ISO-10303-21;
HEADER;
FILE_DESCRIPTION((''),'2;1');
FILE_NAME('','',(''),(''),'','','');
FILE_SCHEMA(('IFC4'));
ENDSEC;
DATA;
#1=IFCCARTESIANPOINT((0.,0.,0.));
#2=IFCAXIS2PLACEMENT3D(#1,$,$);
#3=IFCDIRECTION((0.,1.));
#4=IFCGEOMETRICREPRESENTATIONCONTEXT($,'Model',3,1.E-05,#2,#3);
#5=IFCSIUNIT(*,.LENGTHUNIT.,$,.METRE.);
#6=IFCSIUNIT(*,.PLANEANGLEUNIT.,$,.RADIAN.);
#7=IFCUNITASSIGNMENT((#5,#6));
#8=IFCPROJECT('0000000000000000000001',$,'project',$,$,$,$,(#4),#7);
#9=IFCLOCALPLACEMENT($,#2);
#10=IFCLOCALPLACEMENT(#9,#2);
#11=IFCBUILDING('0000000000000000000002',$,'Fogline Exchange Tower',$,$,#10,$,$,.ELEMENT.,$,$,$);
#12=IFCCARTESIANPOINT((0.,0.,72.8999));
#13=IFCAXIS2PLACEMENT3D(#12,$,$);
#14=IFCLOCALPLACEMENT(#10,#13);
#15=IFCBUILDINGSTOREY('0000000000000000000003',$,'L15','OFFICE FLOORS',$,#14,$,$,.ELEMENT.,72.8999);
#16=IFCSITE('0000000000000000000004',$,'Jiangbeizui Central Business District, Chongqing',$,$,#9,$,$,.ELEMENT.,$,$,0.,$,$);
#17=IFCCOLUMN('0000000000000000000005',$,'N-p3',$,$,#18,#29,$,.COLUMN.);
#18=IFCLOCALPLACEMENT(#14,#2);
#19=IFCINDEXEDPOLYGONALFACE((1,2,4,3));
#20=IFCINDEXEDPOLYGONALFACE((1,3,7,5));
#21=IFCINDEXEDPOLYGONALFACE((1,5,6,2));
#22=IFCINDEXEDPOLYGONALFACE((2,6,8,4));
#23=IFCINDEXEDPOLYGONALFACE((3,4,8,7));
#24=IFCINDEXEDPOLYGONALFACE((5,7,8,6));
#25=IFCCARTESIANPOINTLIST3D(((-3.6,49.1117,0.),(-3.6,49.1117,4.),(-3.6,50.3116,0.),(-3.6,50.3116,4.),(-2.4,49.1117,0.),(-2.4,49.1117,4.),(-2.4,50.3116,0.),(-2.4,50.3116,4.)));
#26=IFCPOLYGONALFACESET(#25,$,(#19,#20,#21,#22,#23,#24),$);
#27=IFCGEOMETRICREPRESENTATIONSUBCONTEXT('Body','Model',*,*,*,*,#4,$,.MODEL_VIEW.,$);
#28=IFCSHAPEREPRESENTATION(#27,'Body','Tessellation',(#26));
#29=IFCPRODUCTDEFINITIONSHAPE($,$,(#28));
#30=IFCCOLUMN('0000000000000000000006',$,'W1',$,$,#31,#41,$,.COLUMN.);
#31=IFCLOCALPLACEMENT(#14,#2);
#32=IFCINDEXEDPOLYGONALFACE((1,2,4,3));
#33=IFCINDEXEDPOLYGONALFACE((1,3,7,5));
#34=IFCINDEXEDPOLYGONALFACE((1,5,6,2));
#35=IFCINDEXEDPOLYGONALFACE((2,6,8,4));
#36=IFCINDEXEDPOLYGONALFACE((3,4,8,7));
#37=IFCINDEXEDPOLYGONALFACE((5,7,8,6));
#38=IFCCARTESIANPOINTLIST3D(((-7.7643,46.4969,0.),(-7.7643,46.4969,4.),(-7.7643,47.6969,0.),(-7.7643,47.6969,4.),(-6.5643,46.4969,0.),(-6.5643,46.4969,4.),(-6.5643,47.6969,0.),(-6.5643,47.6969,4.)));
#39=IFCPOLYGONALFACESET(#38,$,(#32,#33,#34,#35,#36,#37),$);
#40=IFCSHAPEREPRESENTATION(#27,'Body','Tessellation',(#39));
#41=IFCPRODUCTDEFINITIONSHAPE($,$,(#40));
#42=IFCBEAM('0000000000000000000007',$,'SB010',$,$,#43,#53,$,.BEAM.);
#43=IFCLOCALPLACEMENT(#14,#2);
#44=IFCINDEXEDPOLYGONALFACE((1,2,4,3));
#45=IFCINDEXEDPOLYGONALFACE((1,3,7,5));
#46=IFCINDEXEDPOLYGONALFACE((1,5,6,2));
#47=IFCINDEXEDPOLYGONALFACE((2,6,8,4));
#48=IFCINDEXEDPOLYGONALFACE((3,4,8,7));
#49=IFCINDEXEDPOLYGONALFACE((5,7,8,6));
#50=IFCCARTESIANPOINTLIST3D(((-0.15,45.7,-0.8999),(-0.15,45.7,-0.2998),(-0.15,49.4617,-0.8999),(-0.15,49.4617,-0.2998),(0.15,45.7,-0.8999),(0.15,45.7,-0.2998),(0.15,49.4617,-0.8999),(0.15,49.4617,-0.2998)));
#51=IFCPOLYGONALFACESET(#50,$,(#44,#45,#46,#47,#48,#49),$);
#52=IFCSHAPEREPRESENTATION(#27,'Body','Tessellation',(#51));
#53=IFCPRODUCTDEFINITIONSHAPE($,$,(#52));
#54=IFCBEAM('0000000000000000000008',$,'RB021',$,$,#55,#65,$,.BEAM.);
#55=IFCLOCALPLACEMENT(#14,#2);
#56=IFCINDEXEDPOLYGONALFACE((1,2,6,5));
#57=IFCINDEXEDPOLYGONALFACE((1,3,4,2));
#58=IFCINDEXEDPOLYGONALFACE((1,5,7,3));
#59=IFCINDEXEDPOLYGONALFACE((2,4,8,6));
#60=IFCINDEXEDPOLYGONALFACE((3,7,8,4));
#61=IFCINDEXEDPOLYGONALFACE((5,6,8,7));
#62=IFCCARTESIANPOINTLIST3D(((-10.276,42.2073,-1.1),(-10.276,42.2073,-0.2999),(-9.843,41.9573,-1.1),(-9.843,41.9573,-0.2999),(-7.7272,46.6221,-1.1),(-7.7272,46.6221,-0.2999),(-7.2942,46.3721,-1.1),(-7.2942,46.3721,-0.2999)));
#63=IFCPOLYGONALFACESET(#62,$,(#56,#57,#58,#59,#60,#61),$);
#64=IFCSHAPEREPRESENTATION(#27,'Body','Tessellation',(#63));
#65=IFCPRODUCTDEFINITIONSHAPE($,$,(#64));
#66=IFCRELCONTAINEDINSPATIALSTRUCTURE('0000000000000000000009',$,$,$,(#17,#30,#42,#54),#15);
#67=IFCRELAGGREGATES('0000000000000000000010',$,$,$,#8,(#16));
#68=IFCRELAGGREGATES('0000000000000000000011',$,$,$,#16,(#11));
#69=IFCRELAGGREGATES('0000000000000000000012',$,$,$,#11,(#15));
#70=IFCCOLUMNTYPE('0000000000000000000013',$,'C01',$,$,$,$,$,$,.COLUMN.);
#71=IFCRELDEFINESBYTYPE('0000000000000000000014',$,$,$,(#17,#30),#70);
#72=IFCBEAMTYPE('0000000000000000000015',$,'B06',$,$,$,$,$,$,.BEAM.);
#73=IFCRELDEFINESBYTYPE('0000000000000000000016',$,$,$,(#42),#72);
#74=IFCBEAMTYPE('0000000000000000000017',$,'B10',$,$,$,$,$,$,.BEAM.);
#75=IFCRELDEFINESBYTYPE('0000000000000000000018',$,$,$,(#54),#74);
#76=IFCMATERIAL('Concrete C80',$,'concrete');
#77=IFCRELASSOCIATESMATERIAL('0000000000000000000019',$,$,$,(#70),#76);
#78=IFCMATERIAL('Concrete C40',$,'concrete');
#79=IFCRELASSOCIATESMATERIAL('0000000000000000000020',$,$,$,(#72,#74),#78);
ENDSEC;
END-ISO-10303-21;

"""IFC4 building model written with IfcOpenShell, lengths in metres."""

from ifc_helpers import new_model, si_unit, direction, frame, origin, origin_2d, place, context, subcontext, project, spatial, rectangle, extrude, material, material_profile, profile_set, type_object, element, save


model = new_model("IFC4")

# Units and contexts
model_context = context("Model", 3, precision=1e-05, world=origin(), true_north=direction((0.0, 1.0)))
body_context = subcontext(model_context, "Body", "Model", "MODEL_VIEW")
ifc_project = project(units=[si_unit("LENGTHUNIT", "METRE"), si_unit("PLANEANGLEUNIT", "RADIAN")], contexts=[model_context])

# Site, building, storey
site_placement = place(None, origin())
site = spatial("IfcSite", under=ifc_project, at=site_placement, Name="Jiangbeizui Central Business District, Chongqing", CompositionType="ELEMENT", RefElevation=0.0)
building_placement = place(site_placement, origin())
building = spatial("IfcBuilding", under=site, at=building_placement, Name="Fogline Exchange Tower", CompositionType="ELEMENT")
storey_placement = place(building_placement, frame((0.0, 0.0, 72.8999)))
storey = spatial("IfcBuildingStorey", under=building, at=storey_placement, Name="L15", Description="OFFICE FLOORS", CompositionType="ELEMENT", Elevation=72.8999)

# Columns
ifc_material_1 = material(Name="Concrete C80", Category="concrete")
ifc_material_profile_1 = material_profile(ifc_material_1, rectangle(XDim=1.2, YDim=1.2, at=origin_2d()), Name="RC 1200x1200")
ifc_profile_set_1 = profile_set([ifc_material_profile_1], Name="Concrete C80")
column_type = type_object("IfcColumnType", Name="C01", PredefinedType="COLUMN", material=ifc_profile_set_1)
for number, where, z_axis, x_axis, name in (
    (1, (-3.0, 49.7117, 0.0), (0.0, 0.0, 1.0), (1.0, 0.0, 0.0), "N-p3"),
    (2, (-7.1643, 47.0969, 0.0), (0.0, 0.0, 1.0), (1.0, 0.0, 0.0), "W1"),
):
    element("IfcColumn", number, at=place(storey_placement, frame(where, z_axis=z_axis, x_axis=x_axis)), inside=storey, type_object=column_type, Name=name, PredefinedType="COLUMN", context=body_context, shape_type="SweptSolid", body=[
        extrude(rectangle(XDim=1.2, YDim=1.2, at=origin_2d()), origin(), (0.0, 0.0, 1.0), 4.0),
    ])

# Beams
ifc_material_2 = material(Name="Concrete C40", Category="concrete")
ifc_material_profile_2 = material_profile(ifc_material_2, rectangle(XDim=0.3, YDim=0.6001, at=origin_2d()), Name="RC 300x600")
ifc_profile_set_2 = profile_set([ifc_material_profile_2], Name="Concrete C40")
beam_type_1 = type_object("IfcBeamType", Name="B06", PredefinedType="BEAM", material=ifc_profile_set_2)
beam_1_placement = place(storey_placement, frame((0.0, 45.7, -0.5999), z_axis=(0.0, 1.0, 0.0), x_axis=(-1.0, 0.0, 0.0)))
element("IfcBeam", 3, at=beam_1_placement, inside=storey, type_object=beam_type_1, Name="SB010", PredefinedType="BEAM", context=body_context, shape_type="SweptSolid", body=[
    extrude(rectangle(XDim=0.3, YDim=0.6001, at=origin_2d()), origin(), (0.0, 0.0, 1.0), 3.7617),
])
ifc_material_profile_3 = material_profile(ifc_material_2, rectangle(XDim=0.5, YDim=0.8, at=origin_2d()), Name="RC 500x800")
ifc_profile_set_3 = profile_set([ifc_material_profile_3], Name="Concrete C40")
beam_type_2 = type_object("IfcBeamType", Name="B10", PredefinedType="BEAM", material=ifc_profile_set_3)
beam_2_placement = place(storey_placement, frame((-7.5107, 46.4971, -0.7), z_axis=(-0.499992, -0.86603, 0.0), x_axis=(0.86603, -0.499992, 0.0)))
element("IfcBeam", 4, at=beam_2_placement, inside=storey, type_object=beam_type_2, Name="RB021", PredefinedType="BEAM", context=body_context, shape_type="SweptSolid", body=[
    extrude(rectangle(XDim=0.5, YDim=0.8, at=origin_2d()), origin(), (0.0, 0.0, 1.0), 5.0977),
])

save(model, "model.ifc")
